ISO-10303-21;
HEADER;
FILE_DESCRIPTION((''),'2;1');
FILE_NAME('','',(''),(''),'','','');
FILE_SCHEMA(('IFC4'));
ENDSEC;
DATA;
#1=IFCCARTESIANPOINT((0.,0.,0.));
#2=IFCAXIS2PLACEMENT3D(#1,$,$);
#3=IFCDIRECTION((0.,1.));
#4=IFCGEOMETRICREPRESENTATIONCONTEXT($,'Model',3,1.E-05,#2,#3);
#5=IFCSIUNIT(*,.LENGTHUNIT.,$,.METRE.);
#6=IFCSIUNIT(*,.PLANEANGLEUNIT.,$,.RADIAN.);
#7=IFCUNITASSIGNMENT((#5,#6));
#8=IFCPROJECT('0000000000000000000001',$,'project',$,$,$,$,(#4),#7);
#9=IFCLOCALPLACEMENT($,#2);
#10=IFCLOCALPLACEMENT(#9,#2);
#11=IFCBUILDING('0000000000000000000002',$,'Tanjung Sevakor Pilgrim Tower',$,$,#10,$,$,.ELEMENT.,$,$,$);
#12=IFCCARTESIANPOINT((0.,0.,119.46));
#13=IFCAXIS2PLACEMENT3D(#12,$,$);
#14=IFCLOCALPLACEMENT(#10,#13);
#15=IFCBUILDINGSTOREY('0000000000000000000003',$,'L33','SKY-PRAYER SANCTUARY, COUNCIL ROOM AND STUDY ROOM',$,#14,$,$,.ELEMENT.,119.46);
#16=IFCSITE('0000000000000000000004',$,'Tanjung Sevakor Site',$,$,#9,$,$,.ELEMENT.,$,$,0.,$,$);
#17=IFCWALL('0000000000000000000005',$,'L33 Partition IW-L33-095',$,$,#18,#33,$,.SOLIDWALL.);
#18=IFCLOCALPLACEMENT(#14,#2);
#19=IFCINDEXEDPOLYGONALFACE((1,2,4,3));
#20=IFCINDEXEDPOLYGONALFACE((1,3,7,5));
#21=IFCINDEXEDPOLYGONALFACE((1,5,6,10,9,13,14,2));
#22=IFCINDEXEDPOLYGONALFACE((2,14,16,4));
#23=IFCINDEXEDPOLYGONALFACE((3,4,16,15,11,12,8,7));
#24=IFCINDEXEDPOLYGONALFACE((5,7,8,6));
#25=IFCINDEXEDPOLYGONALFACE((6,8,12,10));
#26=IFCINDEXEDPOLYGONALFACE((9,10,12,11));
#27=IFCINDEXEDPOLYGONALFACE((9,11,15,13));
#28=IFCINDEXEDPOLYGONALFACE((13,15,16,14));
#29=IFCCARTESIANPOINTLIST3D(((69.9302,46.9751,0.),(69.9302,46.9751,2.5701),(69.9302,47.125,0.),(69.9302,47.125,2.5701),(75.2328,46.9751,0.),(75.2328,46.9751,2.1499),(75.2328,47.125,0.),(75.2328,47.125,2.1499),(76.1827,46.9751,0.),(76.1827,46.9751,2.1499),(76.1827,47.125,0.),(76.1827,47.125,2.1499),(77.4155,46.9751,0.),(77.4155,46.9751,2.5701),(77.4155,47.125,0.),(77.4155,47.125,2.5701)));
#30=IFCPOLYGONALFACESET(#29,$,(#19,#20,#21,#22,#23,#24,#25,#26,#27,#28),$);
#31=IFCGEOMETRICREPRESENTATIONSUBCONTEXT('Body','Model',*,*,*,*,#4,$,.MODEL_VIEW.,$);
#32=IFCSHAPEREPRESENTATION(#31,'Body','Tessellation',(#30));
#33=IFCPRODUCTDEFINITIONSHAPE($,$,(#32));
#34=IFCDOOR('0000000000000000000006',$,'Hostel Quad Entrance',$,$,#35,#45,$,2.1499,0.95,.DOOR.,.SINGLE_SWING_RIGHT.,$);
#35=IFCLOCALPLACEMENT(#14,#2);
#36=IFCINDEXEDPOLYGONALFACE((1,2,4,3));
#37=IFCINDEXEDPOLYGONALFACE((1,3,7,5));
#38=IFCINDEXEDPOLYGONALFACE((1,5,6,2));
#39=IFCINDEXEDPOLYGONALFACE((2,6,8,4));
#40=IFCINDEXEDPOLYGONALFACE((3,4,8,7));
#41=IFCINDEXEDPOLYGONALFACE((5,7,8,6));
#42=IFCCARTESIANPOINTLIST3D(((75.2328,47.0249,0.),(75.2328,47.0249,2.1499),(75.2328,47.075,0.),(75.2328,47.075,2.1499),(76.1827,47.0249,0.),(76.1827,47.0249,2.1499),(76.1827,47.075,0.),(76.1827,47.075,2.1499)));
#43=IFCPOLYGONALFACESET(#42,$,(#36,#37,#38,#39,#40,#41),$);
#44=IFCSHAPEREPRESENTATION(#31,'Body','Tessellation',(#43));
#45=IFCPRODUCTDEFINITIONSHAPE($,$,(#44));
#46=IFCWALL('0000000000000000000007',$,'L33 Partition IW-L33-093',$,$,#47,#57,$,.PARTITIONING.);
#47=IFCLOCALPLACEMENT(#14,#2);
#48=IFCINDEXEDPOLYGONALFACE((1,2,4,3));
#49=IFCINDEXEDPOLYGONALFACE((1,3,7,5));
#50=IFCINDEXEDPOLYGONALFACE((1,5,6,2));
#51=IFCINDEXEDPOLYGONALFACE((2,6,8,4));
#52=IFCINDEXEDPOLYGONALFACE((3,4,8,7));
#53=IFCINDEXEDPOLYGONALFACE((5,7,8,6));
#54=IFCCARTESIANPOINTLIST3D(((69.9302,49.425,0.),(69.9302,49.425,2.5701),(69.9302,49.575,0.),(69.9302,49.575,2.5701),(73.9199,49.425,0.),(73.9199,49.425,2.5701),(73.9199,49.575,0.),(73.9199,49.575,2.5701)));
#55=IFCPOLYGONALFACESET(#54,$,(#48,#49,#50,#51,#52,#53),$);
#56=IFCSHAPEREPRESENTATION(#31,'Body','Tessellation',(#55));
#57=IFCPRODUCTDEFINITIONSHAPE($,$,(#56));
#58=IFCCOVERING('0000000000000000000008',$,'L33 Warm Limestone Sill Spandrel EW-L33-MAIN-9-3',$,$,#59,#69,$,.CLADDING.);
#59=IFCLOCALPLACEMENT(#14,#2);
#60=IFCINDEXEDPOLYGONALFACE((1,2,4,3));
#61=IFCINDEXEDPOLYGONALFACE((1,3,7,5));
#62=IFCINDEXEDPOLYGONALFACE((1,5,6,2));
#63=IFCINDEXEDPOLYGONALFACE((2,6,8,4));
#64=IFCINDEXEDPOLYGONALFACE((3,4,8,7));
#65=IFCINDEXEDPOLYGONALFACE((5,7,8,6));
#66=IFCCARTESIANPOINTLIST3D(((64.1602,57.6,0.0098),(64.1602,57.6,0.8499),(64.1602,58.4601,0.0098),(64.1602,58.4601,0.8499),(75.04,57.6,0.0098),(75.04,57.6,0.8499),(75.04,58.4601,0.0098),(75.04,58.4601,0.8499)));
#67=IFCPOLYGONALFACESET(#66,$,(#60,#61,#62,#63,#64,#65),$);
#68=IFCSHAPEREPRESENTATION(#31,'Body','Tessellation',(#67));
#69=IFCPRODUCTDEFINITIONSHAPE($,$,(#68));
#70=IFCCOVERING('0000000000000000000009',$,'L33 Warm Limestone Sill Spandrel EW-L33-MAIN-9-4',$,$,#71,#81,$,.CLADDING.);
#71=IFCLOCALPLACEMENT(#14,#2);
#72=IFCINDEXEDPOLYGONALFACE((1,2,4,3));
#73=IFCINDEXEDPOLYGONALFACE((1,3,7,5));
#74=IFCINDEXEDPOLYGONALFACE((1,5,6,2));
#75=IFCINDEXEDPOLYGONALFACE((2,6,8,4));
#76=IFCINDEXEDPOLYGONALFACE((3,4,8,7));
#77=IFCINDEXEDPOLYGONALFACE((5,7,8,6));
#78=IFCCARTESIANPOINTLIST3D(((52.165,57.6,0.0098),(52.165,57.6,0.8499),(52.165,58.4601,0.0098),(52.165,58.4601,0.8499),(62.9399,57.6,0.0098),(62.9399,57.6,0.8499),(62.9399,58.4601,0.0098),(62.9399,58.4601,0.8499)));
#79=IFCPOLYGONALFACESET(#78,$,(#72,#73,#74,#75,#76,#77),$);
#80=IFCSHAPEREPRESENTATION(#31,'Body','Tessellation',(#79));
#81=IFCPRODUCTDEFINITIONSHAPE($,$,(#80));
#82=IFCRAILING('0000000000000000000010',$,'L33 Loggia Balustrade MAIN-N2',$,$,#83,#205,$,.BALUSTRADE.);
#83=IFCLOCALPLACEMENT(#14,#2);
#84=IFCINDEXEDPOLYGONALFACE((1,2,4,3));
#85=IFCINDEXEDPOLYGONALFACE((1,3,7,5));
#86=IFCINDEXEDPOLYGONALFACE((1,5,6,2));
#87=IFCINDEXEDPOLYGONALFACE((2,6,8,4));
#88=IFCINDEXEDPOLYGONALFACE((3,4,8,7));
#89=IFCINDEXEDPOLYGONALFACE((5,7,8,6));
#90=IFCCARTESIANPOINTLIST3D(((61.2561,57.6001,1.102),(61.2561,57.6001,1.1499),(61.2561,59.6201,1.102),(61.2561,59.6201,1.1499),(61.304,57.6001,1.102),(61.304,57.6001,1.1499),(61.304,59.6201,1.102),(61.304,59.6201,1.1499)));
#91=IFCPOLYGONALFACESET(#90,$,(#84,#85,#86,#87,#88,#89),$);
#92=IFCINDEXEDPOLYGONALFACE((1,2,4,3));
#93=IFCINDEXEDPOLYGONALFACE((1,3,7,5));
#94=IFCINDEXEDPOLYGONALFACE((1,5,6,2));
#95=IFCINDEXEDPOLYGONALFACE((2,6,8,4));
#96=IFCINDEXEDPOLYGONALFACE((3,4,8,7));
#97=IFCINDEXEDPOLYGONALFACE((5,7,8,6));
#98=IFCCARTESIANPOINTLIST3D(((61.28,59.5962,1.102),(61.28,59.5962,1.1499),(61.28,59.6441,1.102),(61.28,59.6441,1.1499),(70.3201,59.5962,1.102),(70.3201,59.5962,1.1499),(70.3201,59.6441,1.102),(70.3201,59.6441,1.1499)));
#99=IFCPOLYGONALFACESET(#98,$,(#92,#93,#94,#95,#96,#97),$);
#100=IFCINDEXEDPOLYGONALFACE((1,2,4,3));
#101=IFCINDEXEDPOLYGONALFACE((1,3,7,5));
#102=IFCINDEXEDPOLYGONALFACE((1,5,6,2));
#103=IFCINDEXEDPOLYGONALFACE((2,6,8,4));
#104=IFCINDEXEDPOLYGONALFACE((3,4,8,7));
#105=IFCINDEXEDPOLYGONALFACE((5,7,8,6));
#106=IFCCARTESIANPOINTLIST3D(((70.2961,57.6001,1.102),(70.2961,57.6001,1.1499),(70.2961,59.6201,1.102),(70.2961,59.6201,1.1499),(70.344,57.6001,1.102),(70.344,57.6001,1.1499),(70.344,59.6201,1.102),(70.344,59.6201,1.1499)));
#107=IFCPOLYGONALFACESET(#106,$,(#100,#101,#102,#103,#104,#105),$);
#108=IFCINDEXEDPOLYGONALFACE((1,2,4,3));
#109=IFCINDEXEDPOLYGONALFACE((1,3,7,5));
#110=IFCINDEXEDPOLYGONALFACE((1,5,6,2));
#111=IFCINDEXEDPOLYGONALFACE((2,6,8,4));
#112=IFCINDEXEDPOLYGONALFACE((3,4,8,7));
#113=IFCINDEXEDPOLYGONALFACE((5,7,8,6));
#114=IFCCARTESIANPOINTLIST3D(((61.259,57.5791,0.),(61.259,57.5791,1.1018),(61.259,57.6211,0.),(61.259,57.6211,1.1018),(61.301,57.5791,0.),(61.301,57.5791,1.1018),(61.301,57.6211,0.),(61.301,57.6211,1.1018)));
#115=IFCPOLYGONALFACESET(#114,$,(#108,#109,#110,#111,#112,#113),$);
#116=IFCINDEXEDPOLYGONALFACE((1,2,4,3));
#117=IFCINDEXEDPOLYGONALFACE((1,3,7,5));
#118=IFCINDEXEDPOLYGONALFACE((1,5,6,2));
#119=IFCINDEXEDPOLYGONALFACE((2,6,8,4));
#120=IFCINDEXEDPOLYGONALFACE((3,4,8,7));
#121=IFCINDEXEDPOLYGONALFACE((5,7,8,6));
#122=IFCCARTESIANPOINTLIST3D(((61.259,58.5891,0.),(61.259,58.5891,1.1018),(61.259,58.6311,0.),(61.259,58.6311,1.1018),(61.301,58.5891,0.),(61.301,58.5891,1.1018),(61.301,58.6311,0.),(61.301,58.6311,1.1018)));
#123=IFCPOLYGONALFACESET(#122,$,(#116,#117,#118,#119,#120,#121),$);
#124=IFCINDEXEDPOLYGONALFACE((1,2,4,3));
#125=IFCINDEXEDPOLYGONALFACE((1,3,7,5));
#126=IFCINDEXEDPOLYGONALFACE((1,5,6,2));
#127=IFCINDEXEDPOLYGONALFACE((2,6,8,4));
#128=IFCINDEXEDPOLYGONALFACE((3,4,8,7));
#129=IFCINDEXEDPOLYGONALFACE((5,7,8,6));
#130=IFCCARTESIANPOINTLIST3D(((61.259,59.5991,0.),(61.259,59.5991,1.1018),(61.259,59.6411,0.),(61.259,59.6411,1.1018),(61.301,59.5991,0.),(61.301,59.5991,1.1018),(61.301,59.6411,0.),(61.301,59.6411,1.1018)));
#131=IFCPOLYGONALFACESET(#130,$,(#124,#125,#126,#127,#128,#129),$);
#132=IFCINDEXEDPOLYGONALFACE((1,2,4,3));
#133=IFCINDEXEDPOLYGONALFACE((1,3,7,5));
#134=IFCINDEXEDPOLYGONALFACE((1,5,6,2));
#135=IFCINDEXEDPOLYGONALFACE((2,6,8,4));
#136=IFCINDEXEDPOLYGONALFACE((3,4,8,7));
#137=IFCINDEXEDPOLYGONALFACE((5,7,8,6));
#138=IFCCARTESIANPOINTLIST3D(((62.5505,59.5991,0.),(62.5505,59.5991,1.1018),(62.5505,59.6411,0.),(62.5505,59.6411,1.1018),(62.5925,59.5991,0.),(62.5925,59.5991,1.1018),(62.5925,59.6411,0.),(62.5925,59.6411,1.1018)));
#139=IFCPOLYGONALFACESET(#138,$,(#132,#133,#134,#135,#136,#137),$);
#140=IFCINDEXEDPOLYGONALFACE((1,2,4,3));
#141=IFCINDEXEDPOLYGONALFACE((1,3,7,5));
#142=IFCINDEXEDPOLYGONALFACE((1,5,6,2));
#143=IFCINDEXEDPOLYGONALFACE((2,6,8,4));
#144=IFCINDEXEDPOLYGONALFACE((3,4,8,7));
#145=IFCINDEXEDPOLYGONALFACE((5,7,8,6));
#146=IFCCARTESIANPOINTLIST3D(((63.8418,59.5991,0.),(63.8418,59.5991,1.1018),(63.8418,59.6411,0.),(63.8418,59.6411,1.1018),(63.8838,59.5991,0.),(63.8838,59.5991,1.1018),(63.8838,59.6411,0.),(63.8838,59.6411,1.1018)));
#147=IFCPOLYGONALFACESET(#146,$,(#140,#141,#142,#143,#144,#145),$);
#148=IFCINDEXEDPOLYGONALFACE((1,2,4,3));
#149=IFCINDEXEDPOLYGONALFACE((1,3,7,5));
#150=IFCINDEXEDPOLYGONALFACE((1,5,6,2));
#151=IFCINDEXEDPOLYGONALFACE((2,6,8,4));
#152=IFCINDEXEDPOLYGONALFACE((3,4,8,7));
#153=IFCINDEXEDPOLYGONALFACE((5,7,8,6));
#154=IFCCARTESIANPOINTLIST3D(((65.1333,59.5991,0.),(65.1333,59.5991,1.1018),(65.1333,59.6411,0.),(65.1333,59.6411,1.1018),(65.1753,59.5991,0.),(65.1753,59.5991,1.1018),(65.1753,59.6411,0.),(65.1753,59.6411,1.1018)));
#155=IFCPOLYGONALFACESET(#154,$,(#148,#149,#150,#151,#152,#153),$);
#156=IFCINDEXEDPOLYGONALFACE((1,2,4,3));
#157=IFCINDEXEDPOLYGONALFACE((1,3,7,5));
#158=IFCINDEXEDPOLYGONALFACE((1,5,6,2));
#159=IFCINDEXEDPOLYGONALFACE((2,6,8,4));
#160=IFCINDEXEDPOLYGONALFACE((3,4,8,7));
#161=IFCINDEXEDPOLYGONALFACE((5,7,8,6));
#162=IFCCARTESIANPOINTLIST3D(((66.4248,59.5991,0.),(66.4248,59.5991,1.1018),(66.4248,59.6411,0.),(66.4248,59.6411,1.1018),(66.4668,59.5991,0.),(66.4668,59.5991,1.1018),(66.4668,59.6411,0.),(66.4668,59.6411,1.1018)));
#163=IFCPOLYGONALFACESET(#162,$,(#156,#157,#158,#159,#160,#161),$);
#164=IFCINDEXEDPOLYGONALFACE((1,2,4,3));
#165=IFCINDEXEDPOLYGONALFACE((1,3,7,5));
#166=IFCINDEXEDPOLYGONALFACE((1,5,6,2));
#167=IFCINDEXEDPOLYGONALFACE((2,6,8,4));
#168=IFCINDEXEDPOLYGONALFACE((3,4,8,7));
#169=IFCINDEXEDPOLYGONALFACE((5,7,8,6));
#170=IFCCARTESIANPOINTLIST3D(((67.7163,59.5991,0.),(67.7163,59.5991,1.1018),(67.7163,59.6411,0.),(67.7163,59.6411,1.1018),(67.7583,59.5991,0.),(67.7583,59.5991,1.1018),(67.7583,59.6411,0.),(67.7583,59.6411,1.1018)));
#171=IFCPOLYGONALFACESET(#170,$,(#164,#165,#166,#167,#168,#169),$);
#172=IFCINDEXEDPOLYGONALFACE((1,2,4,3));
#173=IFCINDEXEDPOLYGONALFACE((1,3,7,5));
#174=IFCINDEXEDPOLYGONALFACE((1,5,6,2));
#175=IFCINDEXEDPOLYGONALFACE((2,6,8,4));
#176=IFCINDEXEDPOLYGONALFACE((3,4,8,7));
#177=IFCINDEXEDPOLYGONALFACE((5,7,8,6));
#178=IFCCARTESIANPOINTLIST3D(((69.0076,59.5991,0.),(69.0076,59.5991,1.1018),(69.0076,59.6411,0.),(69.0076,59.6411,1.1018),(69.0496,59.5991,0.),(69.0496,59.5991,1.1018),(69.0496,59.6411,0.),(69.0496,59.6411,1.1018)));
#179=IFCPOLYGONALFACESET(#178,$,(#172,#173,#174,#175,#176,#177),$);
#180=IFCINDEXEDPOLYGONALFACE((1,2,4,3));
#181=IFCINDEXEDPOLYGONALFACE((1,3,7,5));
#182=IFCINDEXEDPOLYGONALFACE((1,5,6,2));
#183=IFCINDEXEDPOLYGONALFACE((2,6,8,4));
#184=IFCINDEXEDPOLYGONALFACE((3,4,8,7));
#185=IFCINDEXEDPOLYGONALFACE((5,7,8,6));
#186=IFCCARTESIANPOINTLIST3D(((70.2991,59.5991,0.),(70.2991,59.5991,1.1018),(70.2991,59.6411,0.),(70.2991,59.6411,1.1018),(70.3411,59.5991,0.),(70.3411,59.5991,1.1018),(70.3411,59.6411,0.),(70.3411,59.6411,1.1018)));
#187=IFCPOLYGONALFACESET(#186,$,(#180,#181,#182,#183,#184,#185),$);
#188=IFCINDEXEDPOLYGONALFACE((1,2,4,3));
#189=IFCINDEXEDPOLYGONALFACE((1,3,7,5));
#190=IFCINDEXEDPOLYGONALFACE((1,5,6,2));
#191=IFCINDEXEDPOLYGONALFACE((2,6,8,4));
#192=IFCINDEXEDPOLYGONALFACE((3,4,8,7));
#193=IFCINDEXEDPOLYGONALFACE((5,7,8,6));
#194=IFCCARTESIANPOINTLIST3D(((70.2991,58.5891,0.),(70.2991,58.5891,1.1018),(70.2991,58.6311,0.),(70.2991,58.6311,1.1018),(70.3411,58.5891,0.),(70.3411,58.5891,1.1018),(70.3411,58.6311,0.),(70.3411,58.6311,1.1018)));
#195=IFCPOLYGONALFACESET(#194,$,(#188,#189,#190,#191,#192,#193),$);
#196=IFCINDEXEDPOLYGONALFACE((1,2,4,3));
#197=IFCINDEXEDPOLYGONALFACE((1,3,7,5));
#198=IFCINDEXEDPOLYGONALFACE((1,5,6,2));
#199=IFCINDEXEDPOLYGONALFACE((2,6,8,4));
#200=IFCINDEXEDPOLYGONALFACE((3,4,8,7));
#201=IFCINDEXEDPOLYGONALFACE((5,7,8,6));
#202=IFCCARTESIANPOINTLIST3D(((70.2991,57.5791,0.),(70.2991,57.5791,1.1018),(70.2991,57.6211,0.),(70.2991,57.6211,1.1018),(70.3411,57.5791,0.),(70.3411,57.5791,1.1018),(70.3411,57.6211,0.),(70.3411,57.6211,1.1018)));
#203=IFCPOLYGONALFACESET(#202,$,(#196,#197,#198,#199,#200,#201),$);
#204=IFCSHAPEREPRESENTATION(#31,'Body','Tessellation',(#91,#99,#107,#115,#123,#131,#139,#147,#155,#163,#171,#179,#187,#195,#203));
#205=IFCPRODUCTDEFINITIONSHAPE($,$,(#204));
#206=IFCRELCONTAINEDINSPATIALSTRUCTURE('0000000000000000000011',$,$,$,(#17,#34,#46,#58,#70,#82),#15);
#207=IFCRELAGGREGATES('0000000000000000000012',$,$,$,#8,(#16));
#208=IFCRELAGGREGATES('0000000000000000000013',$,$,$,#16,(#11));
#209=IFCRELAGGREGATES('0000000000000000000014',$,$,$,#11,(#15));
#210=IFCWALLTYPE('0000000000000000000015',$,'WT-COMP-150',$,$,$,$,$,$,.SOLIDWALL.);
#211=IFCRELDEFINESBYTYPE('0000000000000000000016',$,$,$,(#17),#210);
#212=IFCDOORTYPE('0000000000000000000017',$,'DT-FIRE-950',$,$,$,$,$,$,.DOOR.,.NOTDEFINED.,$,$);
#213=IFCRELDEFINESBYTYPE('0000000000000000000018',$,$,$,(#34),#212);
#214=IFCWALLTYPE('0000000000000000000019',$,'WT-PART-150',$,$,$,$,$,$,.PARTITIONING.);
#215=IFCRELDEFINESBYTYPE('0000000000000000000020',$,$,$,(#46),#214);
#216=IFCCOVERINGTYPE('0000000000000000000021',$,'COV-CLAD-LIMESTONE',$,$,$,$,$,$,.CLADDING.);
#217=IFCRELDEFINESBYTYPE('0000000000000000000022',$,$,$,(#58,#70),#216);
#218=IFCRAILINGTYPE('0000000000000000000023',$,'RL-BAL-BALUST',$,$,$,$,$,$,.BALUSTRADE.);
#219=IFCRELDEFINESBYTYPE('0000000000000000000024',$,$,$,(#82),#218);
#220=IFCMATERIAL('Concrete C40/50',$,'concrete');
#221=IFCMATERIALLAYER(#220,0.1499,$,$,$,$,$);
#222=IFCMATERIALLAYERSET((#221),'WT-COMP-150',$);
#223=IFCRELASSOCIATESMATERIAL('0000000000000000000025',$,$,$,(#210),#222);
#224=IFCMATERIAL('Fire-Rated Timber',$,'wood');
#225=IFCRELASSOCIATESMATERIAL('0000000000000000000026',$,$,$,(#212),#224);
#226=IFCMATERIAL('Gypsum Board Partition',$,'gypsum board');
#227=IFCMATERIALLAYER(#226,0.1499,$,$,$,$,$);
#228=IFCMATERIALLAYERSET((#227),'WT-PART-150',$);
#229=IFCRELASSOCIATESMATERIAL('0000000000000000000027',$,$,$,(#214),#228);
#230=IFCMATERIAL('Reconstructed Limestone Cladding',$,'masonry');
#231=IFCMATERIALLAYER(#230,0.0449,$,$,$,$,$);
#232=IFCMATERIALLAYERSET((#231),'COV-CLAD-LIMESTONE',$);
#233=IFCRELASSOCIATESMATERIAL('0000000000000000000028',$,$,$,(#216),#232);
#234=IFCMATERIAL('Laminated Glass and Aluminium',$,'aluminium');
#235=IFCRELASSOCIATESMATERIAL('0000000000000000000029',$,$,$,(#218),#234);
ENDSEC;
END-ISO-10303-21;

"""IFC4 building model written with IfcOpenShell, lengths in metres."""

from ifc_helpers import new_model, si_unit, direction, frame, frame_2d, origin, origin_2d, place, context, subcontext, project, spatial, rectangle, extrude, material, layer, layer_set, type_object, element, fill, save


model = new_model("IFC4")

# Units and contexts
model_context = context("Model", 3, precision=1e-05, world=origin(), true_north=direction((0.0, 1.0)))
body_context = subcontext(model_context, "Body", "Model", "MODEL_VIEW")
ifc_project = project(units=[si_unit("LENGTHUNIT", "METRE"), si_unit("PLANEANGLEUNIT", "RADIAN")], contexts=[model_context])

# Site, building, storey
site_placement = place(None, origin())
site = spatial("IfcSite", under=ifc_project, at=site_placement, Name="Tanjung Sevakor Site", CompositionType="ELEMENT", RefElevation=0.0)
building_placement = place(site_placement, origin())
building = spatial("IfcBuilding", under=site, at=building_placement, Name="Tanjung Sevakor Pilgrim Tower", CompositionType="ELEMENT")
storey_placement = place(building_placement, frame((0.0, 0.0, 119.46)))
storey = spatial("IfcBuildingStorey", under=building, at=storey_placement, Name="L33", Description="SKY-PRAYER SANCTUARY, COUNCIL ROOM AND STUDY ROOM", CompositionType="ELEMENT", Elevation=119.46)

# Shared definitions
ifc_material_1 = material(Name="Concrete C40/50", Category="concrete")
ifc_layer_1 = layer(ifc_material_1, 0.1499)
ifc_layer_set_1 = layer_set([ifc_layer_1], Name="WT-COMP-150")
wall_type_1 = type_object("IfcWallType", Name="WT-COMP-150", PredefinedType="SOLIDWALL", material=ifc_layer_set_1)

# Wall, opening, door
wall_1_placement = place(storey_placement, frame((69.9302, 47.05, 0.0), z_axis=(0.0, 0.0, 1.0), x_axis=(1.0, 0.0, 0.0)))
wall_1 = element("IfcWall", 1, at=wall_1_placement, inside=storey, type_object=wall_type_1, Name="L33 Partition IW-L33-095", PredefinedType="SOLIDWALL", context=body_context, shape_type="SweptSolid", body=[
    extrude(rectangle(XDim=7.4854, YDim=0.1499, at=frame_2d((3.7427, 0.0))), origin(), (0.0, 0.0, 1.0), 2.5701),
])
opening_1_placement = place(wall_1_placement, frame((5.3025, 0.0, 0.0)))
opening_1 = element("IfcOpeningElement", 2, at=opening_1_placement, cuts=wall_1, PredefinedType="OPENING", context=body_context, shape_type="SweptSolid", body=[
    extrude(rectangle(XDim=0.95, YDim=2.1499, at=frame_2d((0.4751, 1.075))), frame((0.0, 0.085, 0.0), z_axis=(0.0, -1.0, 0.0), x_axis=(1.0, 0.0, 0.0)), (0.0, 0.0, 1.0), 0.1699),
])
ifc_material_2 = material(Name="Fire-Rated Timber", Category="wood")
door_type_1 = type_object("IfcDoorType", Name="DT-FIRE-950", OperationType="NOTDEFINED", PredefinedType="DOOR", material=ifc_material_2)
door_1_placement = place(opening_1_placement, origin())
door_1 = element("IfcDoor", 3, at=door_1_placement, inside=storey, type_object=door_type_1, Name="Hostel Quad Entrance", OperationType="SINGLE_SWING_RIGHT", OverallHeight=2.1499, OverallWidth=0.95, PredefinedType="DOOR", context=body_context, shape_type="SweptSolid", body=[
    extrude(rectangle(XDim=0.95, YDim=2.1499, at=frame_2d((0.4751, 1.075))), frame((0.0, 0.0249, 0.0), z_axis=(0.0, -1.0, 0.0), x_axis=(1.0, 0.0, 0.0)), (0.0, 0.0, 1.0), 0.05),
])
fill(opening_1, door_1)

# Wall
ifc_material_3 = material(Name="Gypsum Board Partition", Category="gypsum board")
ifc_layer_2 = layer(ifc_material_3, 0.1499)
ifc_layer_set_2 = layer_set([ifc_layer_2], Name="WT-PART-150")
wall_type_2 = type_object("IfcWallType", Name="WT-PART-150", PredefinedType="PARTITIONING", material=ifc_layer_set_2)
wall_2_placement = place(storey_placement, frame((69.9302, 49.5, 0.0), z_axis=(0.0, 0.0, 1.0), x_axis=(1.0, 0.0, 0.0)))
element("IfcWall", 4, at=wall_2_placement, inside=storey, type_object=wall_type_2, Name="L33 Partition IW-L33-093", PredefinedType="PARTITIONING", context=body_context, shape_type="SweptSolid", body=[
    extrude(rectangle(XDim=3.9897, YDim=0.1499, at=frame_2d((1.9949, 0.0))), origin(), (0.0, 0.0, 1.0), 2.5701),
])

# Coverings
ifc_material_4 = material(Name="Reconstructed Limestone Cladding", Category="masonry")
ifc_layer_3 = layer(ifc_material_4, 0.0449)
ifc_layer_set_3 = layer_set([ifc_layer_3], Name="COV-CLAD-LIMESTONE")
covering_type = type_object("IfcCoveringType", Name="COV-CLAD-LIMESTONE", PredefinedType="CLADDING", material=ifc_layer_set_3)
covering_1_placement = place(storey_placement, frame((69.6001, 58.03, 0.0098), z_axis=(0.0, 0.0, 1.0), x_axis=(-1.0, 0.0, 0.0)))
element("IfcCovering", 5, at=covering_1_placement, inside=storey, type_object=covering_type, Name="L33 Warm Limestone Sill Spandrel EW-L33-MAIN-9-3", PredefinedType="CLADDING", context=body_context, shape_type="SweptSolid", body=[
    extrude(rectangle(XDim=10.8799, YDim=0.8601, at=origin_2d()), origin(), (0.0, 0.0, 1.0), 0.8401),
])
covering_2_placement = place(storey_placement, frame((57.5525, 58.03, 0.0098), z_axis=(0.0, 0.0, 1.0), x_axis=(-1.0, 0.0, 0.0)))
element("IfcCovering", 6, at=covering_2_placement, inside=storey, type_object=covering_type, Name="L33 Warm Limestone Sill Spandrel EW-L33-MAIN-9-4", PredefinedType="CLADDING", context=body_context, shape_type="SweptSolid", body=[
    extrude(rectangle(XDim=10.7749, YDim=0.8601, at=origin_2d()), origin(), (0.0, 0.0, 1.0), 0.8401),
])

# Railing
ifc_material_5 = material(Name="Laminated Glass and Aluminium", Category="aluminium")
railing_type_1 = type_object("IfcRailingType", Name="RL-BAL-BALUST", PredefinedType="BALUSTRADE", material=ifc_material_5)
railing_1_placement = place(storey_placement, frame((61.28, 57.6001, 0.0)))
element("IfcRailing", 7, at=railing_1_placement, inside=storey, type_object=railing_type_1, Name="L33 Loggia Balustrade MAIN-N2", PredefinedType="BALUSTRADE", context=body_context, shape_type="SweptSolid", body=[
    extrude(rectangle(XDim=0.0479, YDim=0.0479), frame((0.0, 0.0, 1.126), z_axis=(0.0, 1.0, 0.0), x_axis=(-1.0, 0.0, 0.0)), (0.0, 0.0, 1.0), 2.02),
    extrude(rectangle(XDim=0.0479, YDim=0.0479), frame((0.0, 2.02, 1.126), z_axis=(1.0, 0.0, 0.0), x_axis=(0.0, 1.0, 0.0)), (0.0, 0.0, 1.0), 9.04),
    extrude(rectangle(XDim=0.0479, YDim=0.0479), frame((9.04, 2.02, 1.126), z_axis=(0.0, -1.0, 0.0), x_axis=(1.0, 0.0, 0.0)), (0.0, 0.0, 1.0), 2.02),
    extrude(rectangle(XDim=0.042, YDim=0.042), origin(), (0.0, 0.0, 1.0), 1.1018),
    extrude(rectangle(XDim=0.042, YDim=0.042), frame((0.0, 1.01, 0.0)), (0.0, 0.0, 1.0), 1.1018),
    extrude(rectangle(XDim=0.042, YDim=0.042), frame((0.0, 2.02, 0.0)), (0.0, 0.0, 1.0), 1.1018),
    extrude(rectangle(XDim=0.042, YDim=0.042), frame((1.2915, 2.02, 0.0)), (0.0, 0.0, 1.0), 1.1018),
    extrude(rectangle(XDim=0.042, YDim=0.042), frame((2.5828, 2.02, 0.0)), (0.0, 0.0, 1.0), 1.1018),
    extrude(rectangle(XDim=0.042, YDim=0.042), frame((3.8743, 2.02, 0.0)), (0.0, 0.0, 1.0), 1.1018),
    extrude(rectangle(XDim=0.042, YDim=0.042), frame((5.1658, 2.02, 0.0)), (0.0, 0.0, 1.0), 1.1018),
    extrude(rectangle(XDim=0.042, YDim=0.042), frame((6.4573, 2.02, 0.0)), (0.0, 0.0, 1.0), 1.1018),
    extrude(rectangle(XDim=0.042, YDim=0.042), frame((7.7485, 2.02, 0.0)), (0.0, 0.0, 1.0), 1.1018),
    extrude(rectangle(XDim=0.042, YDim=0.042), frame((9.04, 2.02, 0.0)), (0.0, 0.0, 1.0), 1.1018),
    extrude(rectangle(XDim=0.042, YDim=0.042), frame((9.04, 1.01, 0.0)), (0.0, 0.0, 1.0), 1.1018),
    extrude(rectangle(XDim=0.042, YDim=0.042), frame((9.04, 0.0, 0.0)), (0.0, 0.0, 1.0), 1.1018),
])

save(model, "model.ifc")
